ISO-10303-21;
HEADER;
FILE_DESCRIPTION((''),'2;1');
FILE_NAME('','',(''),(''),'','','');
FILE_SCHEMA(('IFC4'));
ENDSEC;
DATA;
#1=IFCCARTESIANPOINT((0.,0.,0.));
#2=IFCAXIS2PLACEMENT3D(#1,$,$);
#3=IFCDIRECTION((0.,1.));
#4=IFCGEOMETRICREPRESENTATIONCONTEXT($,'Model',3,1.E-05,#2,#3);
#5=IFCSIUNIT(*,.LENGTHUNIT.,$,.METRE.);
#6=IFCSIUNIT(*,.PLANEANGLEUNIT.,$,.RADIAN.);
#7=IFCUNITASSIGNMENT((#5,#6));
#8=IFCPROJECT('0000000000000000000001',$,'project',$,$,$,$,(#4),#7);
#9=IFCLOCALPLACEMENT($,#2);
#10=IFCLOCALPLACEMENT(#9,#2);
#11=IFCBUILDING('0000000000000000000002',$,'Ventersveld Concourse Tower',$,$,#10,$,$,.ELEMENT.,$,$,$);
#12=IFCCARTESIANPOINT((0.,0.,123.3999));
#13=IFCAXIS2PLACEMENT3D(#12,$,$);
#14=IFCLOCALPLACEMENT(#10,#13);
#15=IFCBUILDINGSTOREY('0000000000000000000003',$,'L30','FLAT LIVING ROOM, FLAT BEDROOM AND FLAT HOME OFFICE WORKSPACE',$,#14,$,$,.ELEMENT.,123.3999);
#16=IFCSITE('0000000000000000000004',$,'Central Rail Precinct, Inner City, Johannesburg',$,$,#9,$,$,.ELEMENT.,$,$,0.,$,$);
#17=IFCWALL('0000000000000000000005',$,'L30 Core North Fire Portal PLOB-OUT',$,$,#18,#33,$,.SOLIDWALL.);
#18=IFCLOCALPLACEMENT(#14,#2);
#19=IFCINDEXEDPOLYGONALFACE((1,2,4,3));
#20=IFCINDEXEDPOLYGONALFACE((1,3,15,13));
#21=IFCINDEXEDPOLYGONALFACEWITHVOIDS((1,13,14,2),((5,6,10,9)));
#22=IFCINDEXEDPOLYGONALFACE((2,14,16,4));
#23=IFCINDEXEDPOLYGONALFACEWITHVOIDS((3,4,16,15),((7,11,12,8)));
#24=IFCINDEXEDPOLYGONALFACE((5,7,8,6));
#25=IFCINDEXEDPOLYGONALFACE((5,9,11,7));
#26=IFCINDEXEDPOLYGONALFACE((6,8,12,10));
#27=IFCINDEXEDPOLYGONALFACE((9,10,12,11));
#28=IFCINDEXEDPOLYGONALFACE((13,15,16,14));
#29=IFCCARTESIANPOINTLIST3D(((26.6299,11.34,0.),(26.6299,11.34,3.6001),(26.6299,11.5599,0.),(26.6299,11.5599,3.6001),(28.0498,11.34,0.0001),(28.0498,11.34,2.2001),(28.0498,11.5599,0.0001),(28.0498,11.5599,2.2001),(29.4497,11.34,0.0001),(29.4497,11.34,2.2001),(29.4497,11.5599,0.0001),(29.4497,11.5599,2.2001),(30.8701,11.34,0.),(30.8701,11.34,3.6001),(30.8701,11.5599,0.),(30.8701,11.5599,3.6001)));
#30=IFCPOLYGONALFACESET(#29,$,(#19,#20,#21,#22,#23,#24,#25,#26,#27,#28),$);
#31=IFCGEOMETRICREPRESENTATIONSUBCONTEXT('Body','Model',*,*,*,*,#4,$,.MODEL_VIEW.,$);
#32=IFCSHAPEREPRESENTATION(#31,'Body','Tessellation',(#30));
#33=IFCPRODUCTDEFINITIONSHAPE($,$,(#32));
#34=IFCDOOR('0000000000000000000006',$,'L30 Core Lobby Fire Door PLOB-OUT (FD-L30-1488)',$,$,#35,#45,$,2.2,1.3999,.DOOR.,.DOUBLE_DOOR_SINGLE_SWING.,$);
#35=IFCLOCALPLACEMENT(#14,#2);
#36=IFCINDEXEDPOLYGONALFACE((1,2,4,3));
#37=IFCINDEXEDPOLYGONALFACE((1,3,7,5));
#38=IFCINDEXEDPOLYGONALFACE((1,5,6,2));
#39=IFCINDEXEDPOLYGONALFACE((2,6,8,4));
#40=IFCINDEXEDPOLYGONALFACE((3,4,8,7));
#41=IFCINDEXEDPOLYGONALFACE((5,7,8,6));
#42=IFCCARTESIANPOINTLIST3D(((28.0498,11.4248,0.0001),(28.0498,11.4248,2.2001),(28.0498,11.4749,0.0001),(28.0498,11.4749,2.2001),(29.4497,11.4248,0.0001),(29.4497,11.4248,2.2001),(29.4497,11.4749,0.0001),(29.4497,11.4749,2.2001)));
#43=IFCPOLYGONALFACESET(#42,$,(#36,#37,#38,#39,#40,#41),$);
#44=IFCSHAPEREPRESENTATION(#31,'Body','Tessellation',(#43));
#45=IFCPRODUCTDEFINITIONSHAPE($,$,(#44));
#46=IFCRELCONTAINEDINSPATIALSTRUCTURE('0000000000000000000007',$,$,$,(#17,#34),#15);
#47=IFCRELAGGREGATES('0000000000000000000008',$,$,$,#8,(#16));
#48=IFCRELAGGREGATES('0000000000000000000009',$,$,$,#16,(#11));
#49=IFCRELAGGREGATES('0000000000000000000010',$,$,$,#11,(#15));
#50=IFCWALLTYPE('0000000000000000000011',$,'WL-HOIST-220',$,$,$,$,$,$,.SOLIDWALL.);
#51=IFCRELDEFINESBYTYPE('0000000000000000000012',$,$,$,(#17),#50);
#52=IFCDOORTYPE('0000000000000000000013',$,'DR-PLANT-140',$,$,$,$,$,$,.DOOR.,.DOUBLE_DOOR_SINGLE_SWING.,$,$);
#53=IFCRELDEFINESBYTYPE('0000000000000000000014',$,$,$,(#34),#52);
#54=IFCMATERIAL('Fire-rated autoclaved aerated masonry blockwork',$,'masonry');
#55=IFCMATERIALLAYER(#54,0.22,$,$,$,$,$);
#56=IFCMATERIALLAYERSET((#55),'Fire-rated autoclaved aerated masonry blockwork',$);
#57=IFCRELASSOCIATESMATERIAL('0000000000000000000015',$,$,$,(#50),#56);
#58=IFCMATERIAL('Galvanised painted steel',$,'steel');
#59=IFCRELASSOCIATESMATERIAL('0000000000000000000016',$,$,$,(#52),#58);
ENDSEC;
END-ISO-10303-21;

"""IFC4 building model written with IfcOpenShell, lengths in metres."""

from ifc_helpers import new_model, si_unit, direction, frame, frame_2d, origin, place, context, subcontext, project, spatial, rectangle, extrude, material, layer, layer_set, type_object, element, fill, save


model = new_model("IFC4")

# Units and contexts
model_context = context("Model", 3, precision=1e-05, world=origin(), true_north=direction((0.0, 1.0)))
body_context = subcontext(model_context, "Body", "Model", "MODEL_VIEW")
ifc_project = project(units=[si_unit("LENGTHUNIT", "METRE"), si_unit("PLANEANGLEUNIT", "RADIAN")], contexts=[model_context])

# Site, building, storey
site_placement = place(None, origin())
site = spatial("IfcSite", under=ifc_project, at=site_placement, Name="Central Rail Precinct, Inner City, Johannesburg", CompositionType="ELEMENT", RefElevation=0.0)
building_placement = place(site_placement, origin())
building = spatial("IfcBuilding", under=site, at=building_placement, Name="Ventersveld Concourse Tower", CompositionType="ELEMENT")
storey_placement = place(building_placement, frame((0.0, 0.0, 123.3999)))
storey = spatial("IfcBuildingStorey", under=building, at=storey_placement, Name="L30", Description="FLAT LIVING ROOM, FLAT BEDROOM AND FLAT HOME OFFICE WORKSPACE", CompositionType="ELEMENT", Elevation=123.3999)

# Shared definitions
ifc_material_1 = material(Name="Fire-rated autoclaved aerated masonry blockwork", Category="masonry")
ifc_layer_1 = layer(ifc_material_1, 0.22)
ifc_layer_set_1 = layer_set([ifc_layer_1], Name="Fire-rated autoclaved aerated masonry blockwork")
wall_type_1 = type_object("IfcWallType", Name="WL-HOIST-220", PredefinedType="SOLIDWALL", material=ifc_layer_set_1)

# Wall, opening, door
ifc_material_2 = material(Name="Galvanised painted steel", Category="steel")
wall_1_placement = place(storey_placement, frame((26.6299, 11.45, 0.0), z_axis=(0.0, 0.0, 1.0), x_axis=(1.0, 0.0, 0.0)))
wall_1 = element("IfcWall", 1, at=wall_1_placement, inside=storey, type_object=wall_type_1, Name="L30 Core North Fire Portal PLOB-OUT", PredefinedType="SOLIDWALL", context=body_context, shape_type="SweptSolid", body=[
    extrude(rectangle(XDim=4.2402, YDim=0.22, at=frame_2d((2.1201, 0.0))), origin(), (0.0, 0.0, 1.0), 3.6001),
])
opening_1_placement = place(wall_1_placement, frame((1.4199, 0.0, 0.0)))
opening_1 = element("IfcOpeningElement", 2, at=opening_1_placement, cuts=wall_1, PredefinedType="OPENING", context=body_context, shape_type="SweptSolid", body=[
    extrude(rectangle(XDim=1.3999, YDim=2.2, at=frame_2d((0.7, 1.1001))), frame((0.0, 0.1201, 0.0), z_axis=(0.0, -1.0, 0.0), x_axis=(1.0, 0.0, 0.0)), (0.0, 0.0, 1.0), 0.24),
])
door_type_1 = type_object("IfcDoorType", Name="DR-PLANT-140", OperationType="DOUBLE_DOOR_SINGLE_SWING", PredefinedType="DOOR", material=ifc_material_2)
door_1_placement = place(opening_1_placement, origin())
door_1 = element("IfcDoor", 3, at=door_1_placement, inside=storey, type_object=door_type_1, Name="L30 Core Lobby Fire Door PLOB-OUT (FD-L30-1488)", OperationType="DOUBLE_DOOR_SINGLE_SWING", OverallHeight=2.2, OverallWidth=1.3999, PredefinedType="DOOR", context=body_context, shape_type="SweptSolid", body=[
    extrude(rectangle(XDim=1.3999, YDim=2.2, at=frame_2d((0.7, 1.1001))), frame((0.0, 0.0249, 0.0), z_axis=(0.0, -1.0, 0.0), x_axis=(1.0, 0.0, 0.0)), (0.0, 0.0, 1.0), 0.05),
])
fill(opening_1, door_1)

save(model, "model.ifc")
